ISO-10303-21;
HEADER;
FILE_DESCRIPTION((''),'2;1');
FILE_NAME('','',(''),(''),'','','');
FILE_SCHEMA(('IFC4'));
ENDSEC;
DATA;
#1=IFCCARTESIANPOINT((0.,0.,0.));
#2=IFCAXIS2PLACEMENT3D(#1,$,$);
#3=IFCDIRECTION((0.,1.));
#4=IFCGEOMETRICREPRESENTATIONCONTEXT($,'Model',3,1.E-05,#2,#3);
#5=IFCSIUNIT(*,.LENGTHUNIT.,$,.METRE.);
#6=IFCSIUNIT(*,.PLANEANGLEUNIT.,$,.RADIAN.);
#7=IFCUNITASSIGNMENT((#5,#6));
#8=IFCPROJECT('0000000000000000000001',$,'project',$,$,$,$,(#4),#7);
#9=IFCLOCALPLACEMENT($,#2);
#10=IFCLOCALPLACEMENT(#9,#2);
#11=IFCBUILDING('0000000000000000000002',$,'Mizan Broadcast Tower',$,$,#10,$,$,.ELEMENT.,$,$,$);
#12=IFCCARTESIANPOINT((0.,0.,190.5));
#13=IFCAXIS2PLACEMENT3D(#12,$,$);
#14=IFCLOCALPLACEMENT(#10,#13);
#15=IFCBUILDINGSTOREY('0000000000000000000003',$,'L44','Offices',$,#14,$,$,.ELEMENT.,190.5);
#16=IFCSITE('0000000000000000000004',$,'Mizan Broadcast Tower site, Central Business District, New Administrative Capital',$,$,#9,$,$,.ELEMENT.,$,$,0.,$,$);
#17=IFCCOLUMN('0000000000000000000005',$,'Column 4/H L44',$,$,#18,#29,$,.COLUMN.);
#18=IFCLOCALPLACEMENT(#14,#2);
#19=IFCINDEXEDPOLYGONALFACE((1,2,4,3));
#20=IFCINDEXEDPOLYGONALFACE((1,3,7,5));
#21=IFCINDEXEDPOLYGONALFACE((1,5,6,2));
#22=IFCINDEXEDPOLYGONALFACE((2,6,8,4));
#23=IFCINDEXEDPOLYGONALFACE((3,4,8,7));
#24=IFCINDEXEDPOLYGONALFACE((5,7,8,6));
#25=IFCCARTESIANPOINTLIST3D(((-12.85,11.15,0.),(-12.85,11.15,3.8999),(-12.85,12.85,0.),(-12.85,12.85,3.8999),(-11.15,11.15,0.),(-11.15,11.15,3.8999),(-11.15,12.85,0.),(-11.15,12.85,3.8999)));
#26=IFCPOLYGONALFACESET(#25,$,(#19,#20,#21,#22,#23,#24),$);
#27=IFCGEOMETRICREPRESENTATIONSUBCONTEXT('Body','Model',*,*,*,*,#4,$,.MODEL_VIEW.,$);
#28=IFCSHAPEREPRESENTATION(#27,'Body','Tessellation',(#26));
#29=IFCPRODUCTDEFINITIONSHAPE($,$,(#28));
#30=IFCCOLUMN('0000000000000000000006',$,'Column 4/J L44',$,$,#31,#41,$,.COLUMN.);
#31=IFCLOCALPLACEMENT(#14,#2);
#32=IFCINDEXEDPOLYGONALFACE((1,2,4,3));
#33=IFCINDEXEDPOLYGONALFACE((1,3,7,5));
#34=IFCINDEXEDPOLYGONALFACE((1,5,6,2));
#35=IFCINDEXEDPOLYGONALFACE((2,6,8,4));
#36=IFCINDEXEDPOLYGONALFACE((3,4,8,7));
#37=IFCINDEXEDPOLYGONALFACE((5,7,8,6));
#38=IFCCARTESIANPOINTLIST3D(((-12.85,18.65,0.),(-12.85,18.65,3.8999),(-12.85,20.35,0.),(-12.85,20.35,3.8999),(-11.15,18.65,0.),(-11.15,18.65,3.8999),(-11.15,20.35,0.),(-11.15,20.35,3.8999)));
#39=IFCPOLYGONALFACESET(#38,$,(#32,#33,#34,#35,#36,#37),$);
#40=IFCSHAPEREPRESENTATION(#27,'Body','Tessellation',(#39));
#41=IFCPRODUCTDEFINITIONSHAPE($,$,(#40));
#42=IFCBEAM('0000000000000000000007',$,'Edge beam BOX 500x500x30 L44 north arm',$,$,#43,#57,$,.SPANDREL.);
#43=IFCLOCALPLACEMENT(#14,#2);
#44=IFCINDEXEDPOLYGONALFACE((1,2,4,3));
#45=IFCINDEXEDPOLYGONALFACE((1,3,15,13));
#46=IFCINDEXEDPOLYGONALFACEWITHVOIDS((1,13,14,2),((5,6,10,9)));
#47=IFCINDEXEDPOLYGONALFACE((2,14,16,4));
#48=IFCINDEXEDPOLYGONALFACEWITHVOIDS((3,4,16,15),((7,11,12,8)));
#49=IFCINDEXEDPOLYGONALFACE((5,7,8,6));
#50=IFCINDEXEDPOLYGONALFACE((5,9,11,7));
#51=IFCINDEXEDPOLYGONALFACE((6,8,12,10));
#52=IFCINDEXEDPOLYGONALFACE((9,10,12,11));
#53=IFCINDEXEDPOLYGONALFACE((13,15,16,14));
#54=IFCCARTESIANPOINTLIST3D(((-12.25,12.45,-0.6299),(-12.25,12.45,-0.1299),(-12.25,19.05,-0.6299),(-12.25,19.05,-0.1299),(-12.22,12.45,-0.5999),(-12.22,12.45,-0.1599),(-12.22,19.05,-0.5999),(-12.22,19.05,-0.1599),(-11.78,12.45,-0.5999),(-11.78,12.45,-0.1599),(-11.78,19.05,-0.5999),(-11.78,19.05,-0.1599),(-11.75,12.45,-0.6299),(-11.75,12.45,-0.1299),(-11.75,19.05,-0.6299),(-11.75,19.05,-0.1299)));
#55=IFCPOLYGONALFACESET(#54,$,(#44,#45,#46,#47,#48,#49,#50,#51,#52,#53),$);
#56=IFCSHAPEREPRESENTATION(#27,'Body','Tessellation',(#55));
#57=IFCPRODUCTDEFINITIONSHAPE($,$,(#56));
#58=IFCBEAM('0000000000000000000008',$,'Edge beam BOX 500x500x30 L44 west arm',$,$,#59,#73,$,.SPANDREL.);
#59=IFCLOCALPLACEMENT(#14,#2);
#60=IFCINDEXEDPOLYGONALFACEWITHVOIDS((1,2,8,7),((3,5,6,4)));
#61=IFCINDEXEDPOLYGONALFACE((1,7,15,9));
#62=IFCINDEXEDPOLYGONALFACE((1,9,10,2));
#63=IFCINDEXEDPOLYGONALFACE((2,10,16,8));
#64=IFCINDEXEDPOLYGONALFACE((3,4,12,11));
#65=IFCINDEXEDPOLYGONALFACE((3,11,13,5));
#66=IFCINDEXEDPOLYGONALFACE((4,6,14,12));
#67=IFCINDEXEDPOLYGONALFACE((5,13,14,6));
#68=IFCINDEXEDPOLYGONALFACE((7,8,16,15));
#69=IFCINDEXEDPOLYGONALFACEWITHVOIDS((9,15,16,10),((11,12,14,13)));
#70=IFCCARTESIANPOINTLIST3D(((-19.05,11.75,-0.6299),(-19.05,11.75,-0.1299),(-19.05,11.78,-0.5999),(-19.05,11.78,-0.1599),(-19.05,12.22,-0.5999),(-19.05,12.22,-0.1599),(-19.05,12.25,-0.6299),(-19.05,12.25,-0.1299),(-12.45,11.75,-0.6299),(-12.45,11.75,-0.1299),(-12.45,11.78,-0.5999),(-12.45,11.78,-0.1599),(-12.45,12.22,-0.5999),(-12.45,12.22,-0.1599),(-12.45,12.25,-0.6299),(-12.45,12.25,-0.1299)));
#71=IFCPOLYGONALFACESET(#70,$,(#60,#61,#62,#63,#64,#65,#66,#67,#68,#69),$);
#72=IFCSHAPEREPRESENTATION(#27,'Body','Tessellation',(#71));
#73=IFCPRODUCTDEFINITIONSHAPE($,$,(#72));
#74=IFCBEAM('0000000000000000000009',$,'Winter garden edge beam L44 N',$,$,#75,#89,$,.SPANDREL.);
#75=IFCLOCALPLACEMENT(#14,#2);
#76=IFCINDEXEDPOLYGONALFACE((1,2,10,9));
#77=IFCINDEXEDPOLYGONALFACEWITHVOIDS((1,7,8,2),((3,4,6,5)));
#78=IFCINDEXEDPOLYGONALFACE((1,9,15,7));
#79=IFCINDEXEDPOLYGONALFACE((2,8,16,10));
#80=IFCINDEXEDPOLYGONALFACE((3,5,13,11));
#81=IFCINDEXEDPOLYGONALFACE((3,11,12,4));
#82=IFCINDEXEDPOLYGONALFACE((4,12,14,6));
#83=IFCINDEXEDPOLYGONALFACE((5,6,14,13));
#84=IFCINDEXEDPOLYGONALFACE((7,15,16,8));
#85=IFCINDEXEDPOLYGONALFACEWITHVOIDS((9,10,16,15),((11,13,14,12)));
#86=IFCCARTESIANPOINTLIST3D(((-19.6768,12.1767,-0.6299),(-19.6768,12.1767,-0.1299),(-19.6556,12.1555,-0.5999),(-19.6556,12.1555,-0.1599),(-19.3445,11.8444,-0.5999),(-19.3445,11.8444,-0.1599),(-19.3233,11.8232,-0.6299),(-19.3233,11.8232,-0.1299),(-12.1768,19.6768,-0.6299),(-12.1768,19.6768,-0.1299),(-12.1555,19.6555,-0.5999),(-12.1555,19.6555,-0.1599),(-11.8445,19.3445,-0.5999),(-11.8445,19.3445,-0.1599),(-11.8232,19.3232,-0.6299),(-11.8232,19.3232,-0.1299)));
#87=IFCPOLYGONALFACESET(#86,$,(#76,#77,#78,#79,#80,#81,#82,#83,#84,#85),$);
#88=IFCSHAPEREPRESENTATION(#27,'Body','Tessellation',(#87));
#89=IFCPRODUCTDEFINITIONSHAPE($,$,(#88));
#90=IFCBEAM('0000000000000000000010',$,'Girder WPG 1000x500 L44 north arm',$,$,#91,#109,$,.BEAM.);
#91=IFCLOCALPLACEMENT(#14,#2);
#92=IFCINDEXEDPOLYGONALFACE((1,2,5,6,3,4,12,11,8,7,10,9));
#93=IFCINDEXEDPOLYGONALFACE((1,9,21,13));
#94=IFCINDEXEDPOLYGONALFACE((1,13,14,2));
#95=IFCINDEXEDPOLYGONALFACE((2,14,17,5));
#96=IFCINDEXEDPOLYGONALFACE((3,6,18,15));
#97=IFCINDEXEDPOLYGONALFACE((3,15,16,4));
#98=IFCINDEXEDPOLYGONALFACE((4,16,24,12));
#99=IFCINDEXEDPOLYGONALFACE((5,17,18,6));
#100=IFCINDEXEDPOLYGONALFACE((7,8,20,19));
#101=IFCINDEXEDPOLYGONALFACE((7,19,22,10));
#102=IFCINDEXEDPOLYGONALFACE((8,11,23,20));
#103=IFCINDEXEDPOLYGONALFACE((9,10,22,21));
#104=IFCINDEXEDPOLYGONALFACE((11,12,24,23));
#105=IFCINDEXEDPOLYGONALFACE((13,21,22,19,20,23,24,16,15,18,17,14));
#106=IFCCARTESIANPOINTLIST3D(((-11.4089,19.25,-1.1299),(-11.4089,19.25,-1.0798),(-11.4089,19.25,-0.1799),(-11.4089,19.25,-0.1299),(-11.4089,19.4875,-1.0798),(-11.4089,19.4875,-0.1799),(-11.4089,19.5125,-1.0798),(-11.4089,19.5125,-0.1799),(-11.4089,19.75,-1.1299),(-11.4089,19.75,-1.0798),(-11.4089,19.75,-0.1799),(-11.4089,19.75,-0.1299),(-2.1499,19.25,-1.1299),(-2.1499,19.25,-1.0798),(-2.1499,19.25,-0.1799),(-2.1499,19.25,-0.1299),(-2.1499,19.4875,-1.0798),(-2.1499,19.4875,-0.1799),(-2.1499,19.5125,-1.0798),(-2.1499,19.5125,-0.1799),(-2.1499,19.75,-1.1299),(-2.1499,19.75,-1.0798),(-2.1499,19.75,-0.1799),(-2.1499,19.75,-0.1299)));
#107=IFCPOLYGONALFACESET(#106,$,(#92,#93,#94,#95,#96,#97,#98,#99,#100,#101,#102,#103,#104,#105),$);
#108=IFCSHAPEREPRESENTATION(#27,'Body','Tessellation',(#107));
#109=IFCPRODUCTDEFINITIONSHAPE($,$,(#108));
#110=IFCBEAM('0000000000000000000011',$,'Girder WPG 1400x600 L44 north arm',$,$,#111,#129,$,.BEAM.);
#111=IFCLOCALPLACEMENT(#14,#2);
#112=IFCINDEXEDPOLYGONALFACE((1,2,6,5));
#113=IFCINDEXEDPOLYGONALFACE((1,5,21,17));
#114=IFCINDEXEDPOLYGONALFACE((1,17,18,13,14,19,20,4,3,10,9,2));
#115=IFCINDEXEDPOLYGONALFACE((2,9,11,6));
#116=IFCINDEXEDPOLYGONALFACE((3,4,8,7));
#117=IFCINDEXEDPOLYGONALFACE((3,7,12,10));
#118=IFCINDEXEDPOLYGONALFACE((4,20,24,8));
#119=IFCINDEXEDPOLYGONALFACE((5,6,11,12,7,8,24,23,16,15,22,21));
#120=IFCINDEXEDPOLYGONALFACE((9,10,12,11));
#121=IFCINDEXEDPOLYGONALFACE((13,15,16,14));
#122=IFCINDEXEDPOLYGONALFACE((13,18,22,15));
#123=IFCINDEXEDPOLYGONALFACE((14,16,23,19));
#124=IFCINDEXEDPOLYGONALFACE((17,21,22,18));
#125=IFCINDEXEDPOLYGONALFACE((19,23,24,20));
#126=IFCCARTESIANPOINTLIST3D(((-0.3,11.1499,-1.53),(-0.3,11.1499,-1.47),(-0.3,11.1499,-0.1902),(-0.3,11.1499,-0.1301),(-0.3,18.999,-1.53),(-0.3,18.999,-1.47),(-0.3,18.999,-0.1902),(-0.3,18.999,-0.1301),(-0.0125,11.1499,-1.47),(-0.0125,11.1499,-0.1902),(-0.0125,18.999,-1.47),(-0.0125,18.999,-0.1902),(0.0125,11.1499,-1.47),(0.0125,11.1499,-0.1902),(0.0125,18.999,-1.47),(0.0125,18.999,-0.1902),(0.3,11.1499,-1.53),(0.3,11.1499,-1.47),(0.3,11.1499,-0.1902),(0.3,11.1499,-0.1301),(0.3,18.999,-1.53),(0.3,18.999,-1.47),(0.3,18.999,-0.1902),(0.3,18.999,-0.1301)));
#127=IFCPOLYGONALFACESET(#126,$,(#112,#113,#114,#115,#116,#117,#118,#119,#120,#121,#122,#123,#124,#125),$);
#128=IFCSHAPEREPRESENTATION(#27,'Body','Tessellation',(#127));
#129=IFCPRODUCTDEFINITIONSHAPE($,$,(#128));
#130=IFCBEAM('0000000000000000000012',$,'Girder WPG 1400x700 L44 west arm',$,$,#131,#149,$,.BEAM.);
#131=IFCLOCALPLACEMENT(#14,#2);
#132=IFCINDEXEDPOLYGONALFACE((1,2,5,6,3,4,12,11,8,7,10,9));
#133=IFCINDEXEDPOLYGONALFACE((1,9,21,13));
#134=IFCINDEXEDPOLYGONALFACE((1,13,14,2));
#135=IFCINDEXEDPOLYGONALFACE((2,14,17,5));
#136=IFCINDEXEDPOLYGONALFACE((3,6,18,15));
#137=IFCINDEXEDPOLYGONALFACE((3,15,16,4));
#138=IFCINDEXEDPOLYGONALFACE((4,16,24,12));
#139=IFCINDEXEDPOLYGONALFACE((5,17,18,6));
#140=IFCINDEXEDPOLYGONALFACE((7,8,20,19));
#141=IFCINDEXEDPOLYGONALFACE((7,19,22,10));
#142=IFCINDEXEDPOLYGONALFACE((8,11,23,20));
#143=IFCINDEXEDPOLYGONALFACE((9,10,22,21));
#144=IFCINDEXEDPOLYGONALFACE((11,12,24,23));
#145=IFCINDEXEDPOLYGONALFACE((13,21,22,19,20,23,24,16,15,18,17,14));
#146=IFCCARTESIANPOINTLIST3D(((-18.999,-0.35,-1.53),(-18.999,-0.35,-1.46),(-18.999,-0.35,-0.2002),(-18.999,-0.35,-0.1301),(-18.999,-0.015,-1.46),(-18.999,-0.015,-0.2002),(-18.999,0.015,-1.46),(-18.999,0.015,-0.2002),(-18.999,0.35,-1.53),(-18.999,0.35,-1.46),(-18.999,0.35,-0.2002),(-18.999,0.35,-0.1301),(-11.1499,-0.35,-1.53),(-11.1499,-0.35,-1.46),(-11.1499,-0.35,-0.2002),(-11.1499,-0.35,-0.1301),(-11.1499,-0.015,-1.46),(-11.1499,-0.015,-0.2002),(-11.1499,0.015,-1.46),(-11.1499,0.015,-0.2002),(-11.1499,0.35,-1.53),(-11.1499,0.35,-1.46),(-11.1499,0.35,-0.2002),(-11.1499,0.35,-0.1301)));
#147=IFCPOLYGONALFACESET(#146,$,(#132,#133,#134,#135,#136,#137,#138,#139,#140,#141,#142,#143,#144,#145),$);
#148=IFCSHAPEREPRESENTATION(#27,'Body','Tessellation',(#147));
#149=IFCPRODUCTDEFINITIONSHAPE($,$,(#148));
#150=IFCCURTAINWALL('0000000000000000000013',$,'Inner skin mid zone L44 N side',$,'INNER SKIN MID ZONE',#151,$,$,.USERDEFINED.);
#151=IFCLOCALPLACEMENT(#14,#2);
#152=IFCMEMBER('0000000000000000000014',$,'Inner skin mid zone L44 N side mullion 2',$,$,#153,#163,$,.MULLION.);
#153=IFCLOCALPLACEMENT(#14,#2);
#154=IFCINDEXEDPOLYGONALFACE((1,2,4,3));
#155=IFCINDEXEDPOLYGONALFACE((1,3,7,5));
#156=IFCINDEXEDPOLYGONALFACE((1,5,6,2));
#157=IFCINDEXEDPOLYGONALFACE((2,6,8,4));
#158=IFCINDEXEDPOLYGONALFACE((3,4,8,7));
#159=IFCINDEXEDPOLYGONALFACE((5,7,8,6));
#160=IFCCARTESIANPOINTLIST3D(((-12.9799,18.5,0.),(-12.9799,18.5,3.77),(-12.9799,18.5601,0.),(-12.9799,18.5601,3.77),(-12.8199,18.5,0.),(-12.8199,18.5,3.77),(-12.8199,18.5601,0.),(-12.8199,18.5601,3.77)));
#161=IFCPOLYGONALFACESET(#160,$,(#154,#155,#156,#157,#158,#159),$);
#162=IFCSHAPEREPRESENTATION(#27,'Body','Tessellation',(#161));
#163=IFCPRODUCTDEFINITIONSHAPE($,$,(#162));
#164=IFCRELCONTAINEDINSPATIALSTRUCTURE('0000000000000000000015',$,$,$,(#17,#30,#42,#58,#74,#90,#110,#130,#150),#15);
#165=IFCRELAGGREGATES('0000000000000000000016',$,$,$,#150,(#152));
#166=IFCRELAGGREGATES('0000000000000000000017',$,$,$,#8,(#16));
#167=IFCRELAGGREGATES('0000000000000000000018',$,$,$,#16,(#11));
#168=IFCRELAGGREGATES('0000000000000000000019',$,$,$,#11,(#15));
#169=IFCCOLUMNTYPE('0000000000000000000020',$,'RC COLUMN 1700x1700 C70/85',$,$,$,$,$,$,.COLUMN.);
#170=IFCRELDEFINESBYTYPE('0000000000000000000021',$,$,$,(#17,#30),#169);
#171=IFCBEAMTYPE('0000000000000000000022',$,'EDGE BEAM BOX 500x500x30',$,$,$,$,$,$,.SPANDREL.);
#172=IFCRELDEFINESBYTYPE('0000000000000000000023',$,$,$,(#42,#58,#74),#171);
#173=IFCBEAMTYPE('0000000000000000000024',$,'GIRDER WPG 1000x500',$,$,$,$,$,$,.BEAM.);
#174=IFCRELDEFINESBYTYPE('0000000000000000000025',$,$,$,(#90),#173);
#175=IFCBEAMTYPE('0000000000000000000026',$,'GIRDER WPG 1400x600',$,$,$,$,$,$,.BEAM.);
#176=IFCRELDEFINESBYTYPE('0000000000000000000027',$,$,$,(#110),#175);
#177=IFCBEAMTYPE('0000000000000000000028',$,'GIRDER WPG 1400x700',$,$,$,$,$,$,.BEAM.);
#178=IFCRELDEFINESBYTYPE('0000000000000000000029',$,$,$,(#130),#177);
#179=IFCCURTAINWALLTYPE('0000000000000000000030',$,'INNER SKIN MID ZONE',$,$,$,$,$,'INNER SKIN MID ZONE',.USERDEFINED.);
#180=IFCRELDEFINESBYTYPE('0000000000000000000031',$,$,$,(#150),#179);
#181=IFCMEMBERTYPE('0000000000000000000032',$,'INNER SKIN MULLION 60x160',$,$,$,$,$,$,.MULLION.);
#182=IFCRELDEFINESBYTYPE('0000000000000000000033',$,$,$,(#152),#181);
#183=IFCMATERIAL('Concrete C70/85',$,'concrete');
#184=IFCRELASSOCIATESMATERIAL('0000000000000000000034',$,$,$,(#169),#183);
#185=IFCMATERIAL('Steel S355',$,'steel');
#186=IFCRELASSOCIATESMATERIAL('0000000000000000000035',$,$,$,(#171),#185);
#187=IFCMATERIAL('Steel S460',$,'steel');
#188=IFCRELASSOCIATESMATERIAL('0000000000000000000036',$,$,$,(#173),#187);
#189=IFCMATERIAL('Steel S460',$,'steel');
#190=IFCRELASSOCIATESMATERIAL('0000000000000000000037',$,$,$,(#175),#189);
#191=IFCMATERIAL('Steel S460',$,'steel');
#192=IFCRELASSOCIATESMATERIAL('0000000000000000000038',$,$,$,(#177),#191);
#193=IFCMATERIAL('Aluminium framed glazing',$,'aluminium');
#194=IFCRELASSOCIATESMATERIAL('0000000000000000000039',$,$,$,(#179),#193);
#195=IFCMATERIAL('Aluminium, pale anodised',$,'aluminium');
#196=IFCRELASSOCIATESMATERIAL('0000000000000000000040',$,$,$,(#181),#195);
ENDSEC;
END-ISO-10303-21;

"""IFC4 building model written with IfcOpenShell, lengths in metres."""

from ifc_helpers import new_model, si_unit, direction, frame, origin, origin_2d, place, context, subcontext, project, spatial, rectangle, hollow_rectangle, i_section, extrude, material, material_profile, profile_set, type_object, element, aggregate, save


model = new_model("IFC4")

# Units and contexts
model_context = context("Model", 3, precision=1e-05, world=origin(), true_north=direction((0.0, 1.0)))
body_context = subcontext(model_context, "Body", "Model", "MODEL_VIEW")
ifc_project = project(units=[si_unit("LENGTHUNIT", "METRE"), si_unit("PLANEANGLEUNIT", "RADIAN")], contexts=[model_context])

# Site, building, storey
site_placement = place(None, origin())
site = spatial("IfcSite", under=ifc_project, at=site_placement, Name="Mizan Broadcast Tower site, Central Business District, New Administrative Capital", CompositionType="ELEMENT", RefElevation=0.0)
building_placement = place(site_placement, origin())
building = spatial("IfcBuilding", under=site, at=building_placement, Name="Mizan Broadcast Tower", CompositionType="ELEMENT")
storey_placement = place(building_placement, frame((0.0, 0.0, 190.5)))
storey = spatial("IfcBuildingStorey", under=building, at=storey_placement, Name="L44", Description="Offices", CompositionType="ELEMENT", Elevation=190.5)

# Columns
ifc_material_1 = material(Name="Concrete C70/85", Category="concrete")
ifc_material_profile_1 = material_profile(ifc_material_1, rectangle(XDim=1.7, YDim=1.7, at=origin_2d()), Name="RC 1700x1700")
ifc_profile_set_1 = profile_set([ifc_material_profile_1], Name="Concrete C70/85")
column_type = type_object("IfcColumnType", Name="RC COLUMN 1700x1700 C70/85", PredefinedType="COLUMN", material=ifc_profile_set_1)
for number, where, z_axis, x_axis, name in (
    (1, (-12.0, 12.0, 0.0), (0.0, 0.0, 1.0), (1.0, 0.0, 0.0), "Column 4/H L44"),
    (2, (-12.0, 19.5, 0.0), (0.0, 0.0, 1.0), (1.0, 0.0, 0.0), "Column 4/J L44"),
):
    element("IfcColumn", number, at=place(storey_placement, frame(where, z_axis=z_axis, x_axis=x_axis)), inside=storey, type_object=column_type, Name=name, PredefinedType="COLUMN", context=body_context, shape_type="SweptSolid", body=[
        extrude(rectangle(XDim=1.7, YDim=1.7, at=origin_2d()), origin(), (0.0, 0.0, 1.0), 3.8999),
    ])

# Beams
ifc_material_2 = material(Name="Steel S355", Category="steel")
ifc_material_profile_2 = material_profile(ifc_material_2, hollow_rectangle(XDim=0.5, YDim=0.5, WallThickness=0.03, at=origin_2d()), Name="BOX 500x500x30")
ifc_profile_set_2 = profile_set([ifc_material_profile_2], Name="Steel S355")
beam_type_1 = type_object("IfcBeamType", Name="EDGE BEAM BOX 500x500x30", PredefinedType="SPANDREL", material=ifc_profile_set_2)
for number, where, z_axis, x_axis, name in (
    (3, (-12.0, 12.45, -0.3799), (0.0, 1.0, 0.0), (-1.0, 0.0, 0.0), "Edge beam BOX 500x500x30 L44 north arm"),
    (4, (-12.45, 12.0, -0.3799), (-1.0, 0.0, 0.0), (0.0, -1.0, 0.0), "Edge beam BOX 500x500x30 L44 west arm"),
):
    element("IfcBeam", number, at=place(storey_placement, frame(where, z_axis=z_axis, x_axis=x_axis)), inside=storey, type_object=beam_type_1, Name=name, PredefinedType="SPANDREL", context=body_context, shape_type="SweptSolid", body=[
        extrude(hollow_rectangle(XDim=0.5, YDim=0.5, WallThickness=0.03, at=origin_2d()), origin(), (0.0, 0.0, 1.0), 6.6001),
    ])
beam_1_placement = place(storey_placement, frame((-12.0, 19.5, -0.3799), z_axis=(-0.707107, -0.707107, 0.0), x_axis=(0.707107, -0.707107, 0.0)))
element("IfcBeam", 5, at=beam_1_placement, inside=storey, type_object=beam_type_1, Name="Winter garden edge beam L44 N", PredefinedType="SPANDREL", context=body_context, shape_type="SweptSolid", body=[
    extrude(hollow_rectangle(XDim=0.5, YDim=0.5, WallThickness=0.03, at=origin_2d()), origin(), (0.0, 0.0, 1.0), 10.6067),
])
ifc_material_3 = material(Name="Steel S460", Category="steel")
ifc_material_profile_3 = material_profile(ifc_material_3, i_section(OverallWidth=0.5, OverallDepth=1.0, WebThickness=0.0249, FlangeThickness=0.05, at=origin_2d()), Name="WPG 1000x500")
ifc_profile_set_3 = profile_set([ifc_material_profile_3], Name="Steel S460")
beam_type_2 = type_object("IfcBeamType", Name="GIRDER WPG 1000x500", PredefinedType="BEAM", material=ifc_profile_set_3)
beam_2_placement = place(storey_placement, frame((-11.4089, 19.5, -0.6299), z_axis=(1.0, 0.0, 0.0), x_axis=(0.0, 1.0, 0.0)))
element("IfcBeam", 6, at=beam_2_placement, inside=storey, type_object=beam_type_2, Name="Girder WPG 1000x500 L44 north arm", PredefinedType="BEAM", context=body_context, shape_type="SweptSolid", body=[
    extrude(i_section(OverallWidth=0.5, OverallDepth=1.0, WebThickness=0.0249, FlangeThickness=0.05, at=origin_2d()), origin(), (0.0, 0.0, 1.0), 9.259),
])
ifc_material_4 = material(Name="Steel S460", Category="steel")
ifc_material_profile_4 = material_profile(ifc_material_4, i_section(OverallWidth=0.6001, OverallDepth=1.3999, WebThickness=0.0249, FlangeThickness=0.0601, at=origin_2d()), Name="WPG 1400x600")
ifc_profile_set_4 = profile_set([ifc_material_profile_4], Name="Steel S460")
beam_type_3 = type_object("IfcBeamType", Name="GIRDER WPG 1400x600", PredefinedType="BEAM", material=ifc_profile_set_4)
beam_3_placement = place(storey_placement, frame((0.0, 11.1499, -0.8301), z_axis=(0.0, 1.0, 0.0), x_axis=(-1.0, 0.0, 0.0)))
element("IfcBeam", 7, at=beam_3_placement, inside=storey, type_object=beam_type_3, Name="Girder WPG 1400x600 L44 north arm", PredefinedType="BEAM", context=body_context, shape_type="SweptSolid", body=[
    extrude(i_section(OverallWidth=0.6001, OverallDepth=1.3999, WebThickness=0.0249, FlangeThickness=0.0601, at=origin_2d()), origin(), (0.0, 0.0, 1.0), 7.8491),
])
ifc_material_5 = material(Name="Steel S460", Category="steel")
ifc_material_profile_5 = material_profile(ifc_material_5, i_section(OverallWidth=0.7, OverallDepth=1.3999, WebThickness=0.03, FlangeThickness=0.0701, at=origin_2d()), Name="WPG 1400x700")
ifc_profile_set_5 = profile_set([ifc_material_profile_5], Name="Steel S460")
beam_type_4 = type_object("IfcBeamType", Name="GIRDER WPG 1400x700", PredefinedType="BEAM", material=ifc_profile_set_5)
beam_4_placement = place(storey_placement, frame((-11.1499, 0.0, -0.8301), z_axis=(-1.0, 0.0, 0.0), x_axis=(0.0, -1.0, 0.0)))
element("IfcBeam", 8, at=beam_4_placement, inside=storey, type_object=beam_type_4, Name="Girder WPG 1400x700 L44 west arm", PredefinedType="BEAM", context=body_context, shape_type="SweptSolid", body=[
    extrude(i_section(OverallWidth=0.7, OverallDepth=1.3999, WebThickness=0.03, FlangeThickness=0.0701, at=origin_2d()), origin(), (0.0, 0.0, 1.0), 7.8491),
])

# Curtain wall, member
ifc_material_6 = material(Name="Aluminium framed glazing", Category="aluminium")
curtain_wall_type = type_object("IfcCurtainWallType", Name="INNER SKIN MID ZONE", ElementType="INNER SKIN MID ZONE", PredefinedType="USERDEFINED", material=ifc_material_6)
curtain_wall_placement = place(storey_placement, origin())
curtain_wall = element("IfcCurtainWall", 9, at=curtain_wall_placement, inside=storey, type_object=curtain_wall_type, Name="Inner skin mid zone L44 N side", ObjectType="INNER SKIN MID ZONE", PredefinedType="USERDEFINED")
ifc_material_7 = material(Name="Aluminium, pale anodised", Category="aluminium")
ifc_material_profile_6 = material_profile(ifc_material_7, rectangle(XDim=0.1599, YDim=0.0601, at=origin_2d()), Name="MULLION 160x60")
ifc_profile_set_6 = profile_set([ifc_material_profile_6], Name="Aluminium, pale anodised")
member_type = type_object("IfcMemberType", Name="INNER SKIN MULLION 60x160", PredefinedType="MULLION", material=ifc_profile_set_6)
member_placement = place(storey_placement, frame((-12.8999, 18.53, 0.0), z_axis=(0.0, 0.0, 1.0), x_axis=(1.0, 0.0, 0.0)))
member = element("IfcMember", 10, at=member_placement, type_object=member_type, Name="Inner skin mid zone L44 N side mullion 2", PredefinedType="MULLION", context=body_context, shape_type="SweptSolid", body=[
    extrude(rectangle(XDim=0.1599, YDim=0.0601, at=origin_2d()), origin(), (0.0, 0.0, 1.0), 3.77),
])
aggregate(curtain_wall, [member])

save(model, "model.ifc")
